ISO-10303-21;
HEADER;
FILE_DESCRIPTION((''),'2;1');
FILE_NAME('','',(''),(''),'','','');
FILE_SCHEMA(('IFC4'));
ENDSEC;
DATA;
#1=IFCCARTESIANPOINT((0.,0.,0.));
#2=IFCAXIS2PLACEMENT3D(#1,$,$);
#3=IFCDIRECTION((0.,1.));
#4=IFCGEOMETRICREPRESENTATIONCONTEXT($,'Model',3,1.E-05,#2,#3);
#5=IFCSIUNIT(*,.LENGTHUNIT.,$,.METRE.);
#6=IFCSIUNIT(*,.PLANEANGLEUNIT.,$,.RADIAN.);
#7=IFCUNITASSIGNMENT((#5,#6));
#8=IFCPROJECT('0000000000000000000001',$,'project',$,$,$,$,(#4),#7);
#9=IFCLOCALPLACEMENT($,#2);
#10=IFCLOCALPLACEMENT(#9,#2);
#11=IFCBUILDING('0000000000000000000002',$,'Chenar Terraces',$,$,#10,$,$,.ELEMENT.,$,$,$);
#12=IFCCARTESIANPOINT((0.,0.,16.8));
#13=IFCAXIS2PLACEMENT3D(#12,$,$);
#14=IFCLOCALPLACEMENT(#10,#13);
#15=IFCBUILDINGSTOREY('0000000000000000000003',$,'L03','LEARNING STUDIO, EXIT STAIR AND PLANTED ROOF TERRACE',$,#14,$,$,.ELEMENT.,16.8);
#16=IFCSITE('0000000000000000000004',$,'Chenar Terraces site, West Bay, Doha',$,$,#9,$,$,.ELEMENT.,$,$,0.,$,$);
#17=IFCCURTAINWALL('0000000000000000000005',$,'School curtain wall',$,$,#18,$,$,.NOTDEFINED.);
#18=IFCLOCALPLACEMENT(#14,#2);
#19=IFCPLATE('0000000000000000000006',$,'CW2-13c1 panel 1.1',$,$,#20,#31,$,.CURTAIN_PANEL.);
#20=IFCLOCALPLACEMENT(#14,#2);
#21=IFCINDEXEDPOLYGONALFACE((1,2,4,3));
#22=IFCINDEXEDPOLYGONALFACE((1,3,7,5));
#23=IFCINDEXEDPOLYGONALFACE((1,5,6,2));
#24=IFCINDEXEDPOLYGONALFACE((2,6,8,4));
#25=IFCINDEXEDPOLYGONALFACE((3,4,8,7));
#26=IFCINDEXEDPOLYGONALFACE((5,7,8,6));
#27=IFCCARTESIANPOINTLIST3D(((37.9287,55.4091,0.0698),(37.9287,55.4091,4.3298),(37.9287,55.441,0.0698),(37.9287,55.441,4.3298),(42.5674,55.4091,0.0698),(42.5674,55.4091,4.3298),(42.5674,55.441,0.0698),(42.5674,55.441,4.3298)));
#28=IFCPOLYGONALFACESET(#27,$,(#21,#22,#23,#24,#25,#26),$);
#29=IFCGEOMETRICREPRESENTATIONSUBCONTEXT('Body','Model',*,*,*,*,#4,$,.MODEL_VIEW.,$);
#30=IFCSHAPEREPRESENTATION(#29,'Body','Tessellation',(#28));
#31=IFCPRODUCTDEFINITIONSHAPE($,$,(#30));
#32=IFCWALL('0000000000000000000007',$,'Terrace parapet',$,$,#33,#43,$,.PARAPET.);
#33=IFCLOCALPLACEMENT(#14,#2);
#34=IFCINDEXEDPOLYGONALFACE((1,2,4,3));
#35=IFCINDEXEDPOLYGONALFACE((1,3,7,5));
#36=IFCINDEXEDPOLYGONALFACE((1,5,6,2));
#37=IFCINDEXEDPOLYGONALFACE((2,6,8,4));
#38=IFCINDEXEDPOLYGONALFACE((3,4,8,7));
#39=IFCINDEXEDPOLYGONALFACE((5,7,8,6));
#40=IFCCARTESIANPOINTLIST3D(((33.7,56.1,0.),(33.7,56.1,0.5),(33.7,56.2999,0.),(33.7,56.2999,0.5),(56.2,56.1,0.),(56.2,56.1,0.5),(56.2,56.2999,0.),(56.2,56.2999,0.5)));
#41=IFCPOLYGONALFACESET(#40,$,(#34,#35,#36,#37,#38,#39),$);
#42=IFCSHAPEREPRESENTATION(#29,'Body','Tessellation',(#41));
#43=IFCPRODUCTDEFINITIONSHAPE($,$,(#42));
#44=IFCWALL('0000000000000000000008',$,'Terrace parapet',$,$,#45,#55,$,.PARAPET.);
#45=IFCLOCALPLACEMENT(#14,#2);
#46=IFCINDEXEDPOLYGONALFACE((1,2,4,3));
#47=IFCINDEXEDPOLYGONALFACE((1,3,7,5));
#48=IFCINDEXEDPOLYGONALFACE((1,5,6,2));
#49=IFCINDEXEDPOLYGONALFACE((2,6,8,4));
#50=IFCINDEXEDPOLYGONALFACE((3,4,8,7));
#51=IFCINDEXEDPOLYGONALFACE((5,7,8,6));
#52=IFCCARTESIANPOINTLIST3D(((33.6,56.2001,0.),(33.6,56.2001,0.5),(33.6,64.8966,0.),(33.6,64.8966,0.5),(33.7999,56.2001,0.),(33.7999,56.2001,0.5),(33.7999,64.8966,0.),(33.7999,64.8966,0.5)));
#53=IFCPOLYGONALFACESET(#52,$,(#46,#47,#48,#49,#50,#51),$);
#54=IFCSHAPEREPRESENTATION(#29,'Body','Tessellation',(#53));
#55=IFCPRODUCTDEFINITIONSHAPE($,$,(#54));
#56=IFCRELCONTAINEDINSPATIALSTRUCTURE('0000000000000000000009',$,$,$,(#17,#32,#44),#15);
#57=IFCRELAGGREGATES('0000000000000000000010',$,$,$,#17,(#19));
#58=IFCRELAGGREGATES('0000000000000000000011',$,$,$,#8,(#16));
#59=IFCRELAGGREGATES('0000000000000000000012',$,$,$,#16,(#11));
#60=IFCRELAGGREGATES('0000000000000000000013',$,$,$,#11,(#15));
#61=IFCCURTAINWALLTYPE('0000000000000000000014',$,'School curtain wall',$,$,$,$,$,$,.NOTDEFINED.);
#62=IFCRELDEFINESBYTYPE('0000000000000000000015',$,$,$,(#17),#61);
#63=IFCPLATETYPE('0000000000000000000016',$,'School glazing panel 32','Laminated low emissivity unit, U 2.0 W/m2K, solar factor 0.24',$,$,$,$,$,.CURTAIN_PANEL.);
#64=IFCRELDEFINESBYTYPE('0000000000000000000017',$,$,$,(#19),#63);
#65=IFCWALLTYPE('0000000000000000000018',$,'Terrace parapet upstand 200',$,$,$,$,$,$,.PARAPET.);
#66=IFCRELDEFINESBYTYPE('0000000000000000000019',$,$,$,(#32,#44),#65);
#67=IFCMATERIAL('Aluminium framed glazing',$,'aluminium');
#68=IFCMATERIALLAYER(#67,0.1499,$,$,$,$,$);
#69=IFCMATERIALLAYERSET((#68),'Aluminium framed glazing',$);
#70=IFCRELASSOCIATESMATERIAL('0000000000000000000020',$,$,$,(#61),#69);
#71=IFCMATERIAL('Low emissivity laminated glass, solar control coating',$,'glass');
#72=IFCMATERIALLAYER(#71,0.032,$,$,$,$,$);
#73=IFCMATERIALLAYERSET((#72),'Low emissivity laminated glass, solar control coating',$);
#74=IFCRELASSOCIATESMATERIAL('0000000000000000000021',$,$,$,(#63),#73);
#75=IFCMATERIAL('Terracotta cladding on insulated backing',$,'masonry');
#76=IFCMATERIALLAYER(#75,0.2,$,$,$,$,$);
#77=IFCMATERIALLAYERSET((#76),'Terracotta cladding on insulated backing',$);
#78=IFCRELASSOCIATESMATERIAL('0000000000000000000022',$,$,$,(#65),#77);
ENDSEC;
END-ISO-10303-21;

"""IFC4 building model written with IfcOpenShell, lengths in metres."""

from ifc_helpers import new_model, si_unit, direction, frame, frame_2d, origin, origin_2d, place, context, subcontext, project, spatial, rectangle, extrude, material, layer, layer_set, type_object, element, aggregate, save


model = new_model("IFC4")

# Units and contexts
model_context = context("Model", 3, precision=1e-05, world=origin(), true_north=direction((0.0, 1.0)))
body_context = subcontext(model_context, "Body", "Model", "MODEL_VIEW")
ifc_project = project(units=[si_unit("LENGTHUNIT", "METRE"), si_unit("PLANEANGLEUNIT", "RADIAN")], contexts=[model_context])

# Site, building, storey
site_placement = place(None, origin())
site = spatial("IfcSite", under=ifc_project, at=site_placement, Name="Chenar Terraces site, West Bay, Doha", CompositionType="ELEMENT", RefElevation=0.0)
building_placement = place(site_placement, origin())
building = spatial("IfcBuilding", under=site, at=building_placement, Name="Chenar Terraces", CompositionType="ELEMENT")
storey_placement = place(building_placement, frame((0.0, 0.0, 16.8)))
storey = spatial("IfcBuildingStorey", under=building, at=storey_placement, Name="L03", Description="LEARNING STUDIO, EXIT STAIR AND PLANTED ROOF TERRACE", CompositionType="ELEMENT", Elevation=16.8)

# Shared definitions
ifc_material_1 = material(Name="Aluminium framed glazing", Category="aluminium")
ifc_layer_1 = layer(ifc_material_1, 0.1499)
ifc_layer_set_1 = layer_set([ifc_layer_1], Name="Aluminium framed glazing")
curtain_wall_type = type_object("IfcCurtainWallType", Name="School curtain wall", PredefinedType="NOTDEFINED", material=ifc_layer_set_1)
placement = place(storey_placement, origin())

# Curtain wall
curtain_wall_1 = element("IfcCurtainWall", 1, at=placement, inside=storey, type_object=curtain_wall_type, Name="School curtain wall", PredefinedType="NOTDEFINED")

# Plate
ifc_material_2 = material(Name="Low emissivity laminated glass, solar control coating", Category="glass")
ifc_layer_2 = layer(ifc_material_2, 0.032)
ifc_layer_set_2 = layer_set([ifc_layer_2], Name="Low emissivity laminated glass, solar control coating")
plate_type = type_object("IfcPlateType", Name="School glazing panel 32", Description="Laminated low emissivity unit, U 2.0 W/m2K, solar factor 0.24", PredefinedType="CURTAIN_PANEL", material=ifc_layer_set_2)
plate_1_placement = place(storey_placement, frame((40.248, 55.425, 0.0698), z_axis=(0.0, 0.0, 1.0), x_axis=(-1.0, 0.0, 0.0)))
plate_1 = element("IfcPlate", 2, at=plate_1_placement, type_object=plate_type, Name="CW2-13c1 panel 1.1", PredefinedType="CURTAIN_PANEL", context=body_context, shape_type="SweptSolid", body=[
    extrude(rectangle(XDim=4.6387, YDim=0.032, at=origin_2d()), origin(), (0.0, 0.0, 1.0), 4.26),
])
aggregate(curtain_wall_1, [plate_1])

# Walls
ifc_material_3 = material(Name="Terracotta cladding on insulated backing", Category="masonry")
ifc_layer_3 = layer(ifc_material_3, 0.2)
ifc_layer_set_3 = layer_set([ifc_layer_3], Name="Terracotta cladding on insulated backing")
wall_type_1 = type_object("IfcWallType", Name="Terrace parapet upstand 200", PredefinedType="PARAPET", material=ifc_layer_set_3)
wall_1_placement = place(storey_placement, frame((33.7, 56.2, 0.0), z_axis=(0.0, 0.0, 1.0), x_axis=(1.0, 0.0, 0.0)))
element("IfcWall", 3, at=wall_1_placement, inside=storey, type_object=wall_type_1, Name="Terrace parapet", PredefinedType="PARAPET", context=body_context, shape_type="SweptSolid", body=[
    extrude(rectangle(XDim=22.5, YDim=0.2, at=frame_2d((11.25, 0.0))), origin(), (0.0, 0.0, 1.0), 0.5),
])
wall_2_placement = place(storey_placement, frame((33.7, 64.8965, 0.0), z_axis=(0.0, 0.0, 1.0), x_axis=(0.0, -1.0, 0.0)))
element("IfcWall", 4, at=wall_2_placement, inside=storey, type_object=wall_type_1, Name="Terrace parapet", PredefinedType="PARAPET", context=body_context, shape_type="SweptSolid", body=[
    extrude(rectangle(XDim=8.6965, YDim=0.2, at=frame_2d((4.3481, 0.0))), origin(), (0.0, 0.0, 1.0), 0.5),
])

save(model, "model.ifc")
